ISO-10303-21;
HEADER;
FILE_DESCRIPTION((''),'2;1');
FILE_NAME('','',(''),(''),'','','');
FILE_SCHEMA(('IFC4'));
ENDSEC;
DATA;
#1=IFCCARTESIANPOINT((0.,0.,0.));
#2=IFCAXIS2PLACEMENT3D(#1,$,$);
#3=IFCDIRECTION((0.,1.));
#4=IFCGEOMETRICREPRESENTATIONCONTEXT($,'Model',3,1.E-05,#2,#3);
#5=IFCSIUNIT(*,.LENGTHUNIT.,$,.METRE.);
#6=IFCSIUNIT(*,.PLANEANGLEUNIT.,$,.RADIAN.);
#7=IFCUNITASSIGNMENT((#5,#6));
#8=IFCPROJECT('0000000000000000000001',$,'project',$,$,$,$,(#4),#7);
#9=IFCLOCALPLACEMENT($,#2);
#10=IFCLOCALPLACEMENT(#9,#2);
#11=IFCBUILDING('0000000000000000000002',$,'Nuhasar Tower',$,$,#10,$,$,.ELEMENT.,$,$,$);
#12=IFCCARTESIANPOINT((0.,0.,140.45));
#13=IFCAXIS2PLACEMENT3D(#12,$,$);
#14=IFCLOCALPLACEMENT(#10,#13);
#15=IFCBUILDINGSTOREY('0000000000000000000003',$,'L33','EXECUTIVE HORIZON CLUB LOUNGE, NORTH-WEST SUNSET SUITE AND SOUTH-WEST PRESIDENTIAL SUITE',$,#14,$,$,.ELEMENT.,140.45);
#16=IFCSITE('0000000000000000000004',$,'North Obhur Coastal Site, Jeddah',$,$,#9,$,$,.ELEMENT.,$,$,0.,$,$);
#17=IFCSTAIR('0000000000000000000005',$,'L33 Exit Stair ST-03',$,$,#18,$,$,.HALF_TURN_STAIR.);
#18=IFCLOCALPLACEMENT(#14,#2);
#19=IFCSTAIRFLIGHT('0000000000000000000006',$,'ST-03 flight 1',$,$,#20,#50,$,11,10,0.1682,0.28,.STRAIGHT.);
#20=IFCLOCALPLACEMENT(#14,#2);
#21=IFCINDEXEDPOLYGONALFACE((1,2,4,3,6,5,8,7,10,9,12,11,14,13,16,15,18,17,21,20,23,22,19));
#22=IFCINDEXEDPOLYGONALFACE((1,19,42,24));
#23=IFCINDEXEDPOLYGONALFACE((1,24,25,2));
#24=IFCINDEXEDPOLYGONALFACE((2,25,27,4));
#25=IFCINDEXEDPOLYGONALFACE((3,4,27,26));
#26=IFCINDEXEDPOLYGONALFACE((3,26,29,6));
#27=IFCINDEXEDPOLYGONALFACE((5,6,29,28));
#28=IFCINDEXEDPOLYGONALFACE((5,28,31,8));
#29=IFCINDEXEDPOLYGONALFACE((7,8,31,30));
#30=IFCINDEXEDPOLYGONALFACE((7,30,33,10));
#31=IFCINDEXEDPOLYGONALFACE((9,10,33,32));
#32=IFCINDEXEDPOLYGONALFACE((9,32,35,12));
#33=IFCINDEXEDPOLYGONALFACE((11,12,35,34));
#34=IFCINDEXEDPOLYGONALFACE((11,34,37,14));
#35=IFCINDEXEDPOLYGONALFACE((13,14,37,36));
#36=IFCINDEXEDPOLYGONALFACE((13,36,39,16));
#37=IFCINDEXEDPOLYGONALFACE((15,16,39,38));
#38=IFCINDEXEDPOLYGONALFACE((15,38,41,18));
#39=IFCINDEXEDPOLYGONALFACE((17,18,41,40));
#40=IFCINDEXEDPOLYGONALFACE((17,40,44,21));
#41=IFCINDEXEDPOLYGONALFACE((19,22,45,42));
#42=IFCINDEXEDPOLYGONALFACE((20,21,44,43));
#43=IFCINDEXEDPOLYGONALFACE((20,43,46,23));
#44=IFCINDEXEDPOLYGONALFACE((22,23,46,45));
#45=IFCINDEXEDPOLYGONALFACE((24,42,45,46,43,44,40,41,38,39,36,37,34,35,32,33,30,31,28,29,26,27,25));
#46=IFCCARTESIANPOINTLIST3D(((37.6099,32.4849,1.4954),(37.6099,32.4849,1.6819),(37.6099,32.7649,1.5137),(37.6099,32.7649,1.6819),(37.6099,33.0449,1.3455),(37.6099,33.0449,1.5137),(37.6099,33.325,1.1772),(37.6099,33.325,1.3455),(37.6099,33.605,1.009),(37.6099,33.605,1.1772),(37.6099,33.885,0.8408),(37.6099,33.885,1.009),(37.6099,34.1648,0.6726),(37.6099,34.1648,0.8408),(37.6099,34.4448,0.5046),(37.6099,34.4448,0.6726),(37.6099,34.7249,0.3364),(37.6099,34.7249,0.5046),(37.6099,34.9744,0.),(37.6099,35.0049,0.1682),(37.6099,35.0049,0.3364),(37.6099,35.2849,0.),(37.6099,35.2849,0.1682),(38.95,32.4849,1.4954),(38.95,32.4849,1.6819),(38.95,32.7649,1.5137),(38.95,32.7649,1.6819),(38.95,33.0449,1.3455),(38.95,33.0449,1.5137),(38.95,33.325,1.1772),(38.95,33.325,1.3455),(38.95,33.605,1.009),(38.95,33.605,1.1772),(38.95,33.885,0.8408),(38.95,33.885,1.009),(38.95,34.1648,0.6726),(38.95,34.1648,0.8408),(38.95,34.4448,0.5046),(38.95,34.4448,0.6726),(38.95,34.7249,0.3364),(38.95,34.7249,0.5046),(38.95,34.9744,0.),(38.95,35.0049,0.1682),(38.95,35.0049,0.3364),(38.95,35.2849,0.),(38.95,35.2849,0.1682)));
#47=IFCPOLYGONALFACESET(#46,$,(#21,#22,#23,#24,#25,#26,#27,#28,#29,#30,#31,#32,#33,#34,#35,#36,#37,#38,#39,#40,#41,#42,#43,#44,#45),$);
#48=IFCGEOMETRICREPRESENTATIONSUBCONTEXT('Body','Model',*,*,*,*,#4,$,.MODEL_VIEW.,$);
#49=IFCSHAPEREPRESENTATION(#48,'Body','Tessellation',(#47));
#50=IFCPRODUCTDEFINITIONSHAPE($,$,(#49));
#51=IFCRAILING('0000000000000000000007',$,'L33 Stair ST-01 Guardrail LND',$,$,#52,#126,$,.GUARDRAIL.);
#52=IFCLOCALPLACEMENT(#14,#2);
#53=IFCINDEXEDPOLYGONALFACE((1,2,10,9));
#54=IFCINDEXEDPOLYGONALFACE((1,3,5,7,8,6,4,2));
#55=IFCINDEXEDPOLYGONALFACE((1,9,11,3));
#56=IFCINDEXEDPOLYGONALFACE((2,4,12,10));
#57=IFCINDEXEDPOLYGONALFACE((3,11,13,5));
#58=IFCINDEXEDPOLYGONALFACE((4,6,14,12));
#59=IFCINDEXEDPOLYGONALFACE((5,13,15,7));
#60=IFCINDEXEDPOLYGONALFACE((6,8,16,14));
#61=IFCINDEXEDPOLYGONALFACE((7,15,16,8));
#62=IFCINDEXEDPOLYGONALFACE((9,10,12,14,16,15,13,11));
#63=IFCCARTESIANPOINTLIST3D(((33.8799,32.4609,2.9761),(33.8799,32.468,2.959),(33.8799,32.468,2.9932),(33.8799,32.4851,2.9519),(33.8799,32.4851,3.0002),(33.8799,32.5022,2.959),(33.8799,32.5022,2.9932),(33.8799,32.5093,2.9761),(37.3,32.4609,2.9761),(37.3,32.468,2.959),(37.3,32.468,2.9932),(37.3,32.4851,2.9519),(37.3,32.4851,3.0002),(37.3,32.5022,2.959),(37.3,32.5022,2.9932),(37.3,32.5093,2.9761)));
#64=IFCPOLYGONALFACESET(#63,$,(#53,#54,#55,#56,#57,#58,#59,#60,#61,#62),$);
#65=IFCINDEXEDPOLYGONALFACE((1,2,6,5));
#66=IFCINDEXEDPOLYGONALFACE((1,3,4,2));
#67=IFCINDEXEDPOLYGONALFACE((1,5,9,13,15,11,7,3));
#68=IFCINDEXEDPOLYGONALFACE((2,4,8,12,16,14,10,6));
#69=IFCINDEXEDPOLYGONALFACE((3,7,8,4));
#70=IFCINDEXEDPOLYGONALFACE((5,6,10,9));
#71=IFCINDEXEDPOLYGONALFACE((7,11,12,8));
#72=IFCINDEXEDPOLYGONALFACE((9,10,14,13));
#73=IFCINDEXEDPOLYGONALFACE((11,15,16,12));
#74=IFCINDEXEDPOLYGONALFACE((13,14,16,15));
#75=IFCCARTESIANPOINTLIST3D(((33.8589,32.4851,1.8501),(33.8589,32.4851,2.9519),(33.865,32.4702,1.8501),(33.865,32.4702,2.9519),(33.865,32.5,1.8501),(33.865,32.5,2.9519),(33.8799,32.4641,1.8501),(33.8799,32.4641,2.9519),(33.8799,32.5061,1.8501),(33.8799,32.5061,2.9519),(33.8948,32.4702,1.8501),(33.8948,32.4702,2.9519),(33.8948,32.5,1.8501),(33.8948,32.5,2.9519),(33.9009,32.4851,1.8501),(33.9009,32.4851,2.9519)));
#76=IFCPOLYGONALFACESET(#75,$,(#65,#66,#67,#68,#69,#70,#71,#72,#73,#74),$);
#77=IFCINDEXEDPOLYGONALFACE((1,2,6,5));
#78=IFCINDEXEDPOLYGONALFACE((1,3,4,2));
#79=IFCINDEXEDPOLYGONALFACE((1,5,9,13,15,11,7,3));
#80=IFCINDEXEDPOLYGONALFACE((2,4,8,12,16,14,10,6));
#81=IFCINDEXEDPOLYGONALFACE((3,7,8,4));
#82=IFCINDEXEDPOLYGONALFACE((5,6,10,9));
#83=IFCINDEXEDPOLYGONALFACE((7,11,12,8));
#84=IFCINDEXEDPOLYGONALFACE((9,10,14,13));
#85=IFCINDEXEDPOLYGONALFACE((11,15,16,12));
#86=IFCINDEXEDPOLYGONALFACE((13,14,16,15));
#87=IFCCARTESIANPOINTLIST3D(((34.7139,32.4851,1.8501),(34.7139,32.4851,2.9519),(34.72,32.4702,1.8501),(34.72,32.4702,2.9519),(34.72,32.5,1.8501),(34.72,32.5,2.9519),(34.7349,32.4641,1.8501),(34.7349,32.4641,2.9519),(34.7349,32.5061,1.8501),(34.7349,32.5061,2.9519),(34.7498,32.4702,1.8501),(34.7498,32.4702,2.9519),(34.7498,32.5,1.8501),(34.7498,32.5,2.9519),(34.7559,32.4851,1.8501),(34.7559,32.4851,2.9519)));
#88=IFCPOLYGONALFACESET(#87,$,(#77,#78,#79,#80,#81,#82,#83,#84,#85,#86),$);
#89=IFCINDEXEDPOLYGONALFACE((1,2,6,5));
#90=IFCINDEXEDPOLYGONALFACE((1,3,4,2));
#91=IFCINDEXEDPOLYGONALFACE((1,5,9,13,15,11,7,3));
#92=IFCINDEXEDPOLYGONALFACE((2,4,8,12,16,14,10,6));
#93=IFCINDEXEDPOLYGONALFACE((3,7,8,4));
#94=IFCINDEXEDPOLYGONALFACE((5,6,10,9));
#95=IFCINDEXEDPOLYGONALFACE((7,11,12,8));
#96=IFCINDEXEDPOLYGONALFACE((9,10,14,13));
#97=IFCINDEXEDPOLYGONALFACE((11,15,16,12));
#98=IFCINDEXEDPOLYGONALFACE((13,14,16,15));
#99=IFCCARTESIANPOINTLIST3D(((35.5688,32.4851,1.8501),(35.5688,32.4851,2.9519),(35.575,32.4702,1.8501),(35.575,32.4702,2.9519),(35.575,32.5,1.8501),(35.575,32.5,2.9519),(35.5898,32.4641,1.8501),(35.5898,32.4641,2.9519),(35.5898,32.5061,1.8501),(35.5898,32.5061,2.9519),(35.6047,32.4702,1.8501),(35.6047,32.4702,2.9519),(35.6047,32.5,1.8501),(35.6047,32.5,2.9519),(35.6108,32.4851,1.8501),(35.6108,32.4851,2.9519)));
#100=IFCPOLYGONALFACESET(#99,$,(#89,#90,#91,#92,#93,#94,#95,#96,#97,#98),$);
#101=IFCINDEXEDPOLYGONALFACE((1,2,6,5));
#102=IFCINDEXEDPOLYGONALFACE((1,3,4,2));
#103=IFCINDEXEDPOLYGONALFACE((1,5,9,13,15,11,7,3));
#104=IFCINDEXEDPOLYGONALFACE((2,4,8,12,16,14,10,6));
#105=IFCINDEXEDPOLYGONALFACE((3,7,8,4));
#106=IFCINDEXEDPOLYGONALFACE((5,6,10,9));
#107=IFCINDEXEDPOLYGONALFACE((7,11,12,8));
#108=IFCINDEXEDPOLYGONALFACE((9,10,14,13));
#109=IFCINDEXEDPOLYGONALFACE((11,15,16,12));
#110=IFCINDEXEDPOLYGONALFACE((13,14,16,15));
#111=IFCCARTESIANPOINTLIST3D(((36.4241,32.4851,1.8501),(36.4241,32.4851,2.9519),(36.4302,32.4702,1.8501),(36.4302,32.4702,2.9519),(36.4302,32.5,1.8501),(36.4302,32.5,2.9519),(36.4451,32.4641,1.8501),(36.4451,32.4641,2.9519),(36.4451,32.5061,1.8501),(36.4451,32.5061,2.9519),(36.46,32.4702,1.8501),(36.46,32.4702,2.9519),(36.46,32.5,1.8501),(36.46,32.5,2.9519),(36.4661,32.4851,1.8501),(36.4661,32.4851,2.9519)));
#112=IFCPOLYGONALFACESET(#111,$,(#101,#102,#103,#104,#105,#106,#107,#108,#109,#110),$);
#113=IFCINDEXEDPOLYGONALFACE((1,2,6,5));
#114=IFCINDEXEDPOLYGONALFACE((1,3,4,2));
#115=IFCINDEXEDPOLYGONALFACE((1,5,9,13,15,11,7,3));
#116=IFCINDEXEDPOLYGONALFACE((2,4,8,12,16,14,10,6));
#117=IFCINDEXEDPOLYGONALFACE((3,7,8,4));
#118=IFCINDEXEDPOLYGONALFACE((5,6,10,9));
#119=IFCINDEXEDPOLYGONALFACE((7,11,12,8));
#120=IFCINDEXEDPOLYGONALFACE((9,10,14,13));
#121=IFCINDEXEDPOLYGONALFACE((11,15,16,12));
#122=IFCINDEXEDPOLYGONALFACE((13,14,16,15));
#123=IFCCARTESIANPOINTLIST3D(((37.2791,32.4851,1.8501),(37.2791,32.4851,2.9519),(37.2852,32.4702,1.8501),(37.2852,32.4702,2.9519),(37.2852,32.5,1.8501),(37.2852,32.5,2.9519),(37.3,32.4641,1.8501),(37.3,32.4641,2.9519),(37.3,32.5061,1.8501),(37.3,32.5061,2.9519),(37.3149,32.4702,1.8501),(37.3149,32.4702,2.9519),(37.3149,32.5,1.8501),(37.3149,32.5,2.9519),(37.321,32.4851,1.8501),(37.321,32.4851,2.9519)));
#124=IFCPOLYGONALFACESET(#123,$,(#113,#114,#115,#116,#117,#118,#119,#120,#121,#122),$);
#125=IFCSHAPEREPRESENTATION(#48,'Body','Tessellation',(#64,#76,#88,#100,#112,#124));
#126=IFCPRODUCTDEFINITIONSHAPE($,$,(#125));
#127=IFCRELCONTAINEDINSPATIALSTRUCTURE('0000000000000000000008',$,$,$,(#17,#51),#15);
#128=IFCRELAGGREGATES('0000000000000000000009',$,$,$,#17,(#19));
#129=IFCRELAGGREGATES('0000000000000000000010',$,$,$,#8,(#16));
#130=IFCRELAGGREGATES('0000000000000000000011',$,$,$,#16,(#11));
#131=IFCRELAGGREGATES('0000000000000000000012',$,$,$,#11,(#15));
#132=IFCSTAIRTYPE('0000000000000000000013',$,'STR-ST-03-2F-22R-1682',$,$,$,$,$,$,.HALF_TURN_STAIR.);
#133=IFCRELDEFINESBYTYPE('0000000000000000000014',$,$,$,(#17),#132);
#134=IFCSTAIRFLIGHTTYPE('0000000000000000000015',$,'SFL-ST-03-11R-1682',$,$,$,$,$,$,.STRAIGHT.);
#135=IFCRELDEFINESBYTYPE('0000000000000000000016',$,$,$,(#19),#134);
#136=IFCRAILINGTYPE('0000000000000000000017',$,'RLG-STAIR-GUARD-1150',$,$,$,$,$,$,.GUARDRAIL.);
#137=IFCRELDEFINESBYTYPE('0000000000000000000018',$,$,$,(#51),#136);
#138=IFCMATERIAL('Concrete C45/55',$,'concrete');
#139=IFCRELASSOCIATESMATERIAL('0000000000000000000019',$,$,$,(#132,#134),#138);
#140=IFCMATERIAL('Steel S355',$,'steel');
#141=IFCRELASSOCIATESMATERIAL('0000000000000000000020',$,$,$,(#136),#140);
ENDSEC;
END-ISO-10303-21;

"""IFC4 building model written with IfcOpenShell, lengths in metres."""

from ifc_helpers import new_model, si_unit, direction, frame, origin, place, context, subcontext, project, spatial, polyline, outline, extrude, material, type_object, element, aggregate, save


model = new_model("IFC4")

# Units and contexts
model_context = context("Model", 3, precision=1e-05, world=origin(), true_north=direction((0.0, 1.0)))
body_context = subcontext(model_context, "Body", "Model", "MODEL_VIEW")
ifc_project = project(units=[si_unit("LENGTHUNIT", "METRE"), si_unit("PLANEANGLEUNIT", "RADIAN")], contexts=[model_context])

# Site, building, storey
site_placement = place(None, origin())
site = spatial("IfcSite", under=ifc_project, at=site_placement, Name="North Obhur Coastal Site, Jeddah", CompositionType="ELEMENT", RefElevation=0.0)
building_placement = place(site_placement, origin())
building = spatial("IfcBuilding", under=site, at=building_placement, Name="Nuhasar Tower", CompositionType="ELEMENT")
storey_placement = place(building_placement, frame((0.0, 0.0, 140.45)))
storey = spatial("IfcBuildingStorey", under=building, at=storey_placement, Name="L33", Description="EXECUTIVE HORIZON CLUB LOUNGE, NORTH-WEST SUNSET SUITE AND SOUTH-WEST PRESIDENTIAL SUITE", CompositionType="ELEMENT", Elevation=140.45)

# Shared definitions
ifc_material_1 = material(Name="Steel S355", Category="steel")

# Shared definitions
ifc_material_2 = material(Name="Concrete C45/55", Category="concrete")

# Stair, stair flight
stair_type_1 = type_object("IfcStairType", Name="STR-ST-03-2F-22R-1682", PredefinedType="HALF_TURN_STAIR", material=ifc_material_2)
stair_1_placement = place(storey_placement, origin())
stair_1 = element("IfcStair", 1, at=stair_1_placement, inside=storey, type_object=stair_type_1, Name="L33 Exit Stair ST-03", PredefinedType="HALF_TURN_STAIR")
stair_flight_type_1 = type_object("IfcStairFlightType", Name="SFL-ST-03-11R-1682", PredefinedType="STRAIGHT", material=ifc_material_2)
stair_flight_1_placement = place(storey_placement, frame((38.28, 35.2849, 0.0), z_axis=(0.0, 0.0, 1.0), x_axis=(0.0, -1.0, 0.0)))
stair_flight_1 = element("IfcStairFlight", 2, at=stair_flight_1_placement, type_object=stair_flight_type_1, Name="ST-03 flight 1", NumberOfRisers=11, NumberOfTreads=10, PredefinedType="STRAIGHT", RiserHeight=0.1682, TreadLength=0.28, context=body_context, shape_type="SweptSolid", body=[
    extrude(outline(polyline([(0.0, 0.0), (0.0, 0.1682), (0.28, 0.1682), (0.28, 0.3364), (0.5601, 0.3364), (0.5601, 0.5046), (0.8401, 0.5046), (0.8401, 0.6726), (1.1201, 0.6726), (1.1201, 0.8408), (1.3999, 0.8408), (1.3999, 1.009), (1.6799, 1.009), (1.6799, 1.1772), (1.96, 1.1772), (1.96, 1.3455), (2.24, 1.3455), (2.24, 1.5137), (2.52, 1.5137), (2.52, 1.6819), (2.8, 1.6819), (2.8, 1.8501), (2.8, 1.4954), (0.3105, 0.0), (0.0, 0.0)])), frame((0.0, 0.6699, 0.0), z_axis=(0.0, -1.0, 0.0), x_axis=(1.0, 0.0, 0.0)), (0.0, 0.0, 1.0), 1.3401),
])
aggregate(stair_1, [stair_flight_1])

# Railing
railing_type_1 = type_object("IfcRailingType", Name="RLG-STAIR-GUARD-1150", PredefinedType="GUARDRAIL", material=ifc_material_1)
railing_1_placement = place(storey_placement, frame((33.8799, 32.4851, 1.8501)))
element("IfcRailing", 3, at=railing_1_placement, inside=storey, type_object=railing_type_1, Name="L33 Stair ST-01 Guardrail LND", PredefinedType="GUARDRAIL", context=body_context, shape_type="SweptSolid", body=[
    extrude(outline(polyline([(0.0242, 0.0), (0.0171, 0.0171), (0.0, 0.0242), (-0.0171, 0.0171), (-0.0242, 0.0), (-0.0171, -0.0171), (0.0, -0.0242), (0.0171, -0.0171), (0.0242, 0.0)])), frame((0.0, 0.0, 1.126), z_axis=(1.0, 0.0, 0.0), x_axis=(0.0, 1.0, 0.0)), (0.0, 0.0, 1.0), 3.4202),
    extrude(outline(polyline([(0.021, 0.0), (0.0149, 0.0149), (0.0, 0.021), (-0.0149, 0.0149), (-0.021, 0.0), (-0.0149, -0.0149), (0.0, -0.021), (0.0149, -0.0149), (0.021, 0.0)])), origin(), (0.0, 0.0, 1.0), 1.1018),
    extrude(outline(polyline([(0.021, 0.0), (0.0149, 0.0149), (0.0, 0.021), (-0.0149, 0.0149), (-0.021, 0.0), (-0.0149, -0.0149), (0.0, -0.021), (0.0149, -0.0149), (0.021, 0.0)])), frame((0.855, 0.0, 0.0)), (0.0, 0.0, 1.0), 1.1018),
    extrude(outline(polyline([(0.021, 0.0), (0.0149, 0.0149), (0.0, 0.021), (-0.0149, 0.0149), (-0.021, 0.0), (-0.0149, -0.0149), (0.0, -0.021), (0.0149, -0.0149), (0.021, 0.0)])), frame((1.71, 0.0, 0.0)), (0.0, 0.0, 1.0), 1.1018),
    extrude(outline(polyline([(0.021, 0.0), (0.0149, 0.0149), (0.0, 0.021), (-0.0149, 0.0149), (-0.021, 0.0), (-0.0149, -0.0149), (0.0, -0.021), (0.0149, -0.0149), (0.021, 0.0)])), frame((2.5652, 0.0, 0.0)), (0.0, 0.0, 1.0), 1.1018),
    extrude(outline(polyline([(0.021, 0.0), (0.0149, 0.0149), (0.0, 0.021), (-0.0149, 0.0149), (-0.021, 0.0), (-0.0149, -0.0149), (0.0, -0.021), (0.0149, -0.0149), (0.021, 0.0)])), frame((3.4202, 0.0, 0.0)), (0.0, 0.0, 1.0), 1.1018),
])

save(model, "model.ifc")
